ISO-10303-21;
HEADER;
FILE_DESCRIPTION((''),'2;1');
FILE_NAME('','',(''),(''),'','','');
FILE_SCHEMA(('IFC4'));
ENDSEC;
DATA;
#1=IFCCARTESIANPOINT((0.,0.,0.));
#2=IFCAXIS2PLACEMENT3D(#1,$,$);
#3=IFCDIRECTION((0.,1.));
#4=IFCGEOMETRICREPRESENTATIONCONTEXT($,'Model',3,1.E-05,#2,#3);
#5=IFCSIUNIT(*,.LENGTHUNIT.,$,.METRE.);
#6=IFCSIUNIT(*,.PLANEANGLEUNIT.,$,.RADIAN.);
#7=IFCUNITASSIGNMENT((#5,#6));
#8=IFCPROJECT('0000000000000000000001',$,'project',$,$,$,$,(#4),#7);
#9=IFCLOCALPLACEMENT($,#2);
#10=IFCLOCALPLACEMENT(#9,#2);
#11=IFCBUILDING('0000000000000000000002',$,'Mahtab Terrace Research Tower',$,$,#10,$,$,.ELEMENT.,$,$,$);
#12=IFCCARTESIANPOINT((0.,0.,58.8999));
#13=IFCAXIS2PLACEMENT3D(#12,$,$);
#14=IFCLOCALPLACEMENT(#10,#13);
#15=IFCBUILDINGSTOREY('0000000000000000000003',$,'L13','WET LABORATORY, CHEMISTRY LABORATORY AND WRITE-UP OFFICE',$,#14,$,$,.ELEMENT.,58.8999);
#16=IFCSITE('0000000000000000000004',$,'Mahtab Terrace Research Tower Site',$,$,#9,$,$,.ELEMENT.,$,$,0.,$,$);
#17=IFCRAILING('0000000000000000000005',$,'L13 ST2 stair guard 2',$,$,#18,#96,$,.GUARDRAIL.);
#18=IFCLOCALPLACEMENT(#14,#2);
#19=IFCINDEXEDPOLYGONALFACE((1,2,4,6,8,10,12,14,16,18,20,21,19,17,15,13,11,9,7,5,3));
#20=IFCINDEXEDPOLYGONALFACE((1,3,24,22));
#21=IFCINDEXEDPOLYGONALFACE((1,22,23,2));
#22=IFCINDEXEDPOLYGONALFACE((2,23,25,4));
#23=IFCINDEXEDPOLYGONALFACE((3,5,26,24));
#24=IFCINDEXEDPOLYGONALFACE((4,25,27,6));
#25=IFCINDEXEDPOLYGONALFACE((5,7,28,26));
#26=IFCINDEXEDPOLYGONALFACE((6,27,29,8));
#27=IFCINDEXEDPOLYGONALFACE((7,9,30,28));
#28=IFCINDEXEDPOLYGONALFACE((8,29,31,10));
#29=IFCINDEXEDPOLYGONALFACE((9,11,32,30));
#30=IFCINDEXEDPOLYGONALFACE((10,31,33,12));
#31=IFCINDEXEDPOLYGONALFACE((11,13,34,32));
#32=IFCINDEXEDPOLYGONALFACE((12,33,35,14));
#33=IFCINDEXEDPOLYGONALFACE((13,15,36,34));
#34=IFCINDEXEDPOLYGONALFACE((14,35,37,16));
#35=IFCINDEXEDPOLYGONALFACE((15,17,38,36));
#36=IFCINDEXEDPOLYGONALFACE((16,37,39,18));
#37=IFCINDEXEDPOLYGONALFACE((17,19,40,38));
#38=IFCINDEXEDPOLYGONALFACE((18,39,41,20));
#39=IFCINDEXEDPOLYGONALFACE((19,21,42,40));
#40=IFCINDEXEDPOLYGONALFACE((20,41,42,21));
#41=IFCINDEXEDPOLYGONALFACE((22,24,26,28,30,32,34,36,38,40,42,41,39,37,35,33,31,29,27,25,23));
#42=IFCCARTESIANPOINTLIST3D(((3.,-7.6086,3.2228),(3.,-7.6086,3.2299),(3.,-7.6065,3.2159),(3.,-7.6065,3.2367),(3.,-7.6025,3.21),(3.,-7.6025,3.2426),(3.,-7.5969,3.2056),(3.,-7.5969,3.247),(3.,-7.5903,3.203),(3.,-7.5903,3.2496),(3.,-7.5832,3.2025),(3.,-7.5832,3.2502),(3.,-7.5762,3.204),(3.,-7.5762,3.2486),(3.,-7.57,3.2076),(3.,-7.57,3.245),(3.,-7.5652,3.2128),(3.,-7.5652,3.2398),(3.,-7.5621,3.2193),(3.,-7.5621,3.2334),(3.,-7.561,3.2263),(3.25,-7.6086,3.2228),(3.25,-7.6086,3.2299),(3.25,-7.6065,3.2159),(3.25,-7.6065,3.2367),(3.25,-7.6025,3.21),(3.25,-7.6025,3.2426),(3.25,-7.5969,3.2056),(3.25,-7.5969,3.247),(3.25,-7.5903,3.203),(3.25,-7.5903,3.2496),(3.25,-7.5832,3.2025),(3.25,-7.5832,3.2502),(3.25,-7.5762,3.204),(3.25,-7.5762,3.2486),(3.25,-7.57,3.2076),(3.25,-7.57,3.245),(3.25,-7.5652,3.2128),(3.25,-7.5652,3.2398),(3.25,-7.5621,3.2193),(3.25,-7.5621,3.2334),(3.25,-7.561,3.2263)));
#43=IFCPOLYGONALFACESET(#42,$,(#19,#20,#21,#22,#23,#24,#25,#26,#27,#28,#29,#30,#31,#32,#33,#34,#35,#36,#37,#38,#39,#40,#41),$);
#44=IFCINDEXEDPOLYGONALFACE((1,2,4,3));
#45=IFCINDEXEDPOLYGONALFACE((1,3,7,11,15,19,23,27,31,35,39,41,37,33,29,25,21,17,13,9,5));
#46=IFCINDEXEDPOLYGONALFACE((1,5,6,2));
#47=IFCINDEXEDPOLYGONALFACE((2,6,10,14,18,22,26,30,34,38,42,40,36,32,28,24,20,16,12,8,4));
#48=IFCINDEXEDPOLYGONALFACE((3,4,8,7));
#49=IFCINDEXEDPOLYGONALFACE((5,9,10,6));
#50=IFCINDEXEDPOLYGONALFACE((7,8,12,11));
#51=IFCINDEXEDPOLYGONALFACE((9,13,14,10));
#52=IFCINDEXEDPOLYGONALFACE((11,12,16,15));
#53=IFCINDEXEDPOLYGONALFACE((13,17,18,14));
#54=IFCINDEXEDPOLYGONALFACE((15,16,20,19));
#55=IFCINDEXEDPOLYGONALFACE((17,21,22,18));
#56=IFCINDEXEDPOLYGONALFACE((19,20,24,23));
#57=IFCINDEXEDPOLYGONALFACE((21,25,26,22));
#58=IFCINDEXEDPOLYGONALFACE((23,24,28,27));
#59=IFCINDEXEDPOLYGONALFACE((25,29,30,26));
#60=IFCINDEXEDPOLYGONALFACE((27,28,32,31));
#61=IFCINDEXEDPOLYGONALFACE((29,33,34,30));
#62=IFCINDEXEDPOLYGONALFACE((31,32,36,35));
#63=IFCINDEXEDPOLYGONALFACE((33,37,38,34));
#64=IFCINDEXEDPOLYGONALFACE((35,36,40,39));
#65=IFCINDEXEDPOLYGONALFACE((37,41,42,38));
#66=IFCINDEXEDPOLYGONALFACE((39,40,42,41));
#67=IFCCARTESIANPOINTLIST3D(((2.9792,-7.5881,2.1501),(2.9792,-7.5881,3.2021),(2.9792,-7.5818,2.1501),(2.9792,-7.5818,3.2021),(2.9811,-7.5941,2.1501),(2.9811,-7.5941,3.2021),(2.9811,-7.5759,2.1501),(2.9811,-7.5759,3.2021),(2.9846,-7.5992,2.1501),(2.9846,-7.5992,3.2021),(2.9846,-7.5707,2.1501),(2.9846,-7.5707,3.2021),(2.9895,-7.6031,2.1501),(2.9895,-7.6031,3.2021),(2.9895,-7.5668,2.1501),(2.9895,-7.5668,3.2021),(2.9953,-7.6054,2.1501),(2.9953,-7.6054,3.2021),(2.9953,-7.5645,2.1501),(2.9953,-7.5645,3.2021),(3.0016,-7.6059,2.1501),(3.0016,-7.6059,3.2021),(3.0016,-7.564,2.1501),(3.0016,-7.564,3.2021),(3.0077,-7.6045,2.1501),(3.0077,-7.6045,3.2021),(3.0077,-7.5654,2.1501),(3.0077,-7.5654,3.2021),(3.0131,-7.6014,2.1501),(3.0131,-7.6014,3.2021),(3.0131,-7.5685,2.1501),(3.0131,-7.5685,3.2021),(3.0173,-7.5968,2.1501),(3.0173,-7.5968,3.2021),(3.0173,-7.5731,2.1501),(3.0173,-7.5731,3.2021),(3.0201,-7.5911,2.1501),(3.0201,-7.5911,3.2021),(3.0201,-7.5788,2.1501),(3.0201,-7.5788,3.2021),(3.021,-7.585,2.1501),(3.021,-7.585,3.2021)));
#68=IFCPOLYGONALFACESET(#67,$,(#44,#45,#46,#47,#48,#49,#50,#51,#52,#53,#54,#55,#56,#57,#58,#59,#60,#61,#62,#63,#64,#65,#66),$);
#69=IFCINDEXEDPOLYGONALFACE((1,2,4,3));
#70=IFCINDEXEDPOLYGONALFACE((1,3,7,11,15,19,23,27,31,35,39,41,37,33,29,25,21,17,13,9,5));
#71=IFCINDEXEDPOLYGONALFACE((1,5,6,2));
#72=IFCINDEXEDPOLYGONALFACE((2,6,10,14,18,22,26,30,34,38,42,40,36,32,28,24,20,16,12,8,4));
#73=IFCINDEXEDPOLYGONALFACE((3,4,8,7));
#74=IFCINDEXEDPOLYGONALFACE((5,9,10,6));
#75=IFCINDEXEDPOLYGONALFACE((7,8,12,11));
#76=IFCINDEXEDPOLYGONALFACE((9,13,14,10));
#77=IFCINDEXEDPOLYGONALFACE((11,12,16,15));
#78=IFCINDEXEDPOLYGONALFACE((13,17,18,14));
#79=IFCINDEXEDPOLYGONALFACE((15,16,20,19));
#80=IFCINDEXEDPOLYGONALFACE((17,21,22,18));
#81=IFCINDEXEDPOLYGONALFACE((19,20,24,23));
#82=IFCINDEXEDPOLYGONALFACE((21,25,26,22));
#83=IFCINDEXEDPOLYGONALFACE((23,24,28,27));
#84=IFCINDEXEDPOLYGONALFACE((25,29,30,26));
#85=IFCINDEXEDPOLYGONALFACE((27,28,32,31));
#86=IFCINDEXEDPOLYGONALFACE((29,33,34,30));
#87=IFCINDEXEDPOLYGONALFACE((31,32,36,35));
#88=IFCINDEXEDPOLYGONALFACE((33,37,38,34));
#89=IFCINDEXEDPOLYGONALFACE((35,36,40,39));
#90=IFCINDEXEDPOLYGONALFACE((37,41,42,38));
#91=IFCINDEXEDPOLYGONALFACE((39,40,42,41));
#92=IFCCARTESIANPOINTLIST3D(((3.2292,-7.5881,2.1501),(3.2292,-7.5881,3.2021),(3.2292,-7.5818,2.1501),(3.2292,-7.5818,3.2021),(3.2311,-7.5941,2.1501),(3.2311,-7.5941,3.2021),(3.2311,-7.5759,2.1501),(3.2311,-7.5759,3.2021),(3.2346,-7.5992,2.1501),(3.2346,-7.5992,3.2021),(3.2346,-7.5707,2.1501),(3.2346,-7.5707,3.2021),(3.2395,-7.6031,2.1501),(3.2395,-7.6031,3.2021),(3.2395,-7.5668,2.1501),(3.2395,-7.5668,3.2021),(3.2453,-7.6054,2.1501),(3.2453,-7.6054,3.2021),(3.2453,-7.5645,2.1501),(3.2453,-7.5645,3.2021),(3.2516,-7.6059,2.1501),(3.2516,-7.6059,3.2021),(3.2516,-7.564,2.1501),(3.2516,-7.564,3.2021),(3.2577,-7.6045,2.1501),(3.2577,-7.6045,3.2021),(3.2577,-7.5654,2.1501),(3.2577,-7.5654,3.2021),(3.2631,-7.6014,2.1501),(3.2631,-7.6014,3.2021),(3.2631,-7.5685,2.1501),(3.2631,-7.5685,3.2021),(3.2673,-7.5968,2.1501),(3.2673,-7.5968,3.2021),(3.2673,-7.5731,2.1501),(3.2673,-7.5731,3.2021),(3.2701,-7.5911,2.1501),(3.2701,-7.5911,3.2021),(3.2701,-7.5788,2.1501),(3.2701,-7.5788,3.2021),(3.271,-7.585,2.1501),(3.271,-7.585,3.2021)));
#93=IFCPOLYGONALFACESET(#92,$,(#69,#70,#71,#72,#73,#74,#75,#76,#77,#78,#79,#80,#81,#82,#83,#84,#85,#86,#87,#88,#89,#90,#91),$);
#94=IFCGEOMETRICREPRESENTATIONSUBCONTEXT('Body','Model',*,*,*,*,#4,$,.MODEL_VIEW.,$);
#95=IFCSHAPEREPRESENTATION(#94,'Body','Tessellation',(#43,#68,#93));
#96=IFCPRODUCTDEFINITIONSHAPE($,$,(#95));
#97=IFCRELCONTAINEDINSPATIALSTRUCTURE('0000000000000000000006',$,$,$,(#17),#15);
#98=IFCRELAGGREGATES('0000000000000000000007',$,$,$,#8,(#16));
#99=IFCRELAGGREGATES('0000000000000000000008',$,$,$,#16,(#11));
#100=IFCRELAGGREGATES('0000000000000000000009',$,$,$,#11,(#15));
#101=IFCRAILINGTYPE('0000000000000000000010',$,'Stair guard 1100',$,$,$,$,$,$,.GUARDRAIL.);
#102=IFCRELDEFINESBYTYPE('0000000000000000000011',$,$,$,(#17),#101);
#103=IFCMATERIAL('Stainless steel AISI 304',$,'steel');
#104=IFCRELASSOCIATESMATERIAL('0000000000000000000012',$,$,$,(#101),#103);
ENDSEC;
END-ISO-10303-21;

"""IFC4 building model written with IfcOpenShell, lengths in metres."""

from ifc_helpers import new_model, si_unit, direction, frame, origin, origin_2d, place, context, subcontext, project, spatial, circle, extrude, material, type_object, element, save


model = new_model("IFC4")

# Units and contexts
model_context = context("Model", 3, precision=1e-05, world=origin(), true_north=direction((0.0, 1.0)))
body_context = subcontext(model_context, "Body", "Model", "MODEL_VIEW")
ifc_project = project(units=[si_unit("LENGTHUNIT", "METRE"), si_unit("PLANEANGLEUNIT", "RADIAN")], contexts=[model_context])

# Site, building, storey
site_placement = place(None, origin())
site = spatial("IfcSite", under=ifc_project, at=site_placement, Name="Mahtab Terrace Research Tower Site", CompositionType="ELEMENT", RefElevation=0.0)
building_placement = place(site_placement, origin())
building = spatial("IfcBuilding", under=site, at=building_placement, Name="Mahtab Terrace Research Tower", CompositionType="ELEMENT")
storey_placement = place(building_placement, frame((0.0, 0.0, 58.8999)))
storey = spatial("IfcBuildingStorey", under=building, at=storey_placement, Name="L13", Description="WET LABORATORY, CHEMISTRY LABORATORY AND WRITE-UP OFFICE", CompositionType="ELEMENT", Elevation=58.8999)

# Railing
ifc_material_1 = material(Name="Stainless steel AISI 304", Category="steel")
railing_type_1 = type_object("IfcRailingType", Name="Stair guard 1100", PredefinedType="GUARDRAIL", material=ifc_material_1)
railing_1_placement = place(storey_placement, frame((3.0, -7.585, 2.1501)))
element("IfcRailing", 1, at=railing_1_placement, inside=storey, type_object=railing_type_1, Name="L13 ST2 stair guard 2", PredefinedType="GUARDRAIL", context=body_context, shape_type="SweptSolid", body=[
    extrude(circle(Radius=0.0239, at=origin_2d()), frame((0.0, 0.0, 1.0762), z_axis=(1.0, 0.0, 0.0), x_axis=(0.0, 1.0, 0.0)), (0.0, 0.0, 1.0), 0.25),
    extrude(circle(Radius=0.021, at=origin_2d()), origin(), (0.0, 0.0, 1.0), 1.052),
    extrude(circle(Radius=0.021, at=origin_2d()), frame((0.25, 0.0, 0.0)), (0.0, 0.0, 1.0), 1.052),
])

save(model, "model.ifc")
